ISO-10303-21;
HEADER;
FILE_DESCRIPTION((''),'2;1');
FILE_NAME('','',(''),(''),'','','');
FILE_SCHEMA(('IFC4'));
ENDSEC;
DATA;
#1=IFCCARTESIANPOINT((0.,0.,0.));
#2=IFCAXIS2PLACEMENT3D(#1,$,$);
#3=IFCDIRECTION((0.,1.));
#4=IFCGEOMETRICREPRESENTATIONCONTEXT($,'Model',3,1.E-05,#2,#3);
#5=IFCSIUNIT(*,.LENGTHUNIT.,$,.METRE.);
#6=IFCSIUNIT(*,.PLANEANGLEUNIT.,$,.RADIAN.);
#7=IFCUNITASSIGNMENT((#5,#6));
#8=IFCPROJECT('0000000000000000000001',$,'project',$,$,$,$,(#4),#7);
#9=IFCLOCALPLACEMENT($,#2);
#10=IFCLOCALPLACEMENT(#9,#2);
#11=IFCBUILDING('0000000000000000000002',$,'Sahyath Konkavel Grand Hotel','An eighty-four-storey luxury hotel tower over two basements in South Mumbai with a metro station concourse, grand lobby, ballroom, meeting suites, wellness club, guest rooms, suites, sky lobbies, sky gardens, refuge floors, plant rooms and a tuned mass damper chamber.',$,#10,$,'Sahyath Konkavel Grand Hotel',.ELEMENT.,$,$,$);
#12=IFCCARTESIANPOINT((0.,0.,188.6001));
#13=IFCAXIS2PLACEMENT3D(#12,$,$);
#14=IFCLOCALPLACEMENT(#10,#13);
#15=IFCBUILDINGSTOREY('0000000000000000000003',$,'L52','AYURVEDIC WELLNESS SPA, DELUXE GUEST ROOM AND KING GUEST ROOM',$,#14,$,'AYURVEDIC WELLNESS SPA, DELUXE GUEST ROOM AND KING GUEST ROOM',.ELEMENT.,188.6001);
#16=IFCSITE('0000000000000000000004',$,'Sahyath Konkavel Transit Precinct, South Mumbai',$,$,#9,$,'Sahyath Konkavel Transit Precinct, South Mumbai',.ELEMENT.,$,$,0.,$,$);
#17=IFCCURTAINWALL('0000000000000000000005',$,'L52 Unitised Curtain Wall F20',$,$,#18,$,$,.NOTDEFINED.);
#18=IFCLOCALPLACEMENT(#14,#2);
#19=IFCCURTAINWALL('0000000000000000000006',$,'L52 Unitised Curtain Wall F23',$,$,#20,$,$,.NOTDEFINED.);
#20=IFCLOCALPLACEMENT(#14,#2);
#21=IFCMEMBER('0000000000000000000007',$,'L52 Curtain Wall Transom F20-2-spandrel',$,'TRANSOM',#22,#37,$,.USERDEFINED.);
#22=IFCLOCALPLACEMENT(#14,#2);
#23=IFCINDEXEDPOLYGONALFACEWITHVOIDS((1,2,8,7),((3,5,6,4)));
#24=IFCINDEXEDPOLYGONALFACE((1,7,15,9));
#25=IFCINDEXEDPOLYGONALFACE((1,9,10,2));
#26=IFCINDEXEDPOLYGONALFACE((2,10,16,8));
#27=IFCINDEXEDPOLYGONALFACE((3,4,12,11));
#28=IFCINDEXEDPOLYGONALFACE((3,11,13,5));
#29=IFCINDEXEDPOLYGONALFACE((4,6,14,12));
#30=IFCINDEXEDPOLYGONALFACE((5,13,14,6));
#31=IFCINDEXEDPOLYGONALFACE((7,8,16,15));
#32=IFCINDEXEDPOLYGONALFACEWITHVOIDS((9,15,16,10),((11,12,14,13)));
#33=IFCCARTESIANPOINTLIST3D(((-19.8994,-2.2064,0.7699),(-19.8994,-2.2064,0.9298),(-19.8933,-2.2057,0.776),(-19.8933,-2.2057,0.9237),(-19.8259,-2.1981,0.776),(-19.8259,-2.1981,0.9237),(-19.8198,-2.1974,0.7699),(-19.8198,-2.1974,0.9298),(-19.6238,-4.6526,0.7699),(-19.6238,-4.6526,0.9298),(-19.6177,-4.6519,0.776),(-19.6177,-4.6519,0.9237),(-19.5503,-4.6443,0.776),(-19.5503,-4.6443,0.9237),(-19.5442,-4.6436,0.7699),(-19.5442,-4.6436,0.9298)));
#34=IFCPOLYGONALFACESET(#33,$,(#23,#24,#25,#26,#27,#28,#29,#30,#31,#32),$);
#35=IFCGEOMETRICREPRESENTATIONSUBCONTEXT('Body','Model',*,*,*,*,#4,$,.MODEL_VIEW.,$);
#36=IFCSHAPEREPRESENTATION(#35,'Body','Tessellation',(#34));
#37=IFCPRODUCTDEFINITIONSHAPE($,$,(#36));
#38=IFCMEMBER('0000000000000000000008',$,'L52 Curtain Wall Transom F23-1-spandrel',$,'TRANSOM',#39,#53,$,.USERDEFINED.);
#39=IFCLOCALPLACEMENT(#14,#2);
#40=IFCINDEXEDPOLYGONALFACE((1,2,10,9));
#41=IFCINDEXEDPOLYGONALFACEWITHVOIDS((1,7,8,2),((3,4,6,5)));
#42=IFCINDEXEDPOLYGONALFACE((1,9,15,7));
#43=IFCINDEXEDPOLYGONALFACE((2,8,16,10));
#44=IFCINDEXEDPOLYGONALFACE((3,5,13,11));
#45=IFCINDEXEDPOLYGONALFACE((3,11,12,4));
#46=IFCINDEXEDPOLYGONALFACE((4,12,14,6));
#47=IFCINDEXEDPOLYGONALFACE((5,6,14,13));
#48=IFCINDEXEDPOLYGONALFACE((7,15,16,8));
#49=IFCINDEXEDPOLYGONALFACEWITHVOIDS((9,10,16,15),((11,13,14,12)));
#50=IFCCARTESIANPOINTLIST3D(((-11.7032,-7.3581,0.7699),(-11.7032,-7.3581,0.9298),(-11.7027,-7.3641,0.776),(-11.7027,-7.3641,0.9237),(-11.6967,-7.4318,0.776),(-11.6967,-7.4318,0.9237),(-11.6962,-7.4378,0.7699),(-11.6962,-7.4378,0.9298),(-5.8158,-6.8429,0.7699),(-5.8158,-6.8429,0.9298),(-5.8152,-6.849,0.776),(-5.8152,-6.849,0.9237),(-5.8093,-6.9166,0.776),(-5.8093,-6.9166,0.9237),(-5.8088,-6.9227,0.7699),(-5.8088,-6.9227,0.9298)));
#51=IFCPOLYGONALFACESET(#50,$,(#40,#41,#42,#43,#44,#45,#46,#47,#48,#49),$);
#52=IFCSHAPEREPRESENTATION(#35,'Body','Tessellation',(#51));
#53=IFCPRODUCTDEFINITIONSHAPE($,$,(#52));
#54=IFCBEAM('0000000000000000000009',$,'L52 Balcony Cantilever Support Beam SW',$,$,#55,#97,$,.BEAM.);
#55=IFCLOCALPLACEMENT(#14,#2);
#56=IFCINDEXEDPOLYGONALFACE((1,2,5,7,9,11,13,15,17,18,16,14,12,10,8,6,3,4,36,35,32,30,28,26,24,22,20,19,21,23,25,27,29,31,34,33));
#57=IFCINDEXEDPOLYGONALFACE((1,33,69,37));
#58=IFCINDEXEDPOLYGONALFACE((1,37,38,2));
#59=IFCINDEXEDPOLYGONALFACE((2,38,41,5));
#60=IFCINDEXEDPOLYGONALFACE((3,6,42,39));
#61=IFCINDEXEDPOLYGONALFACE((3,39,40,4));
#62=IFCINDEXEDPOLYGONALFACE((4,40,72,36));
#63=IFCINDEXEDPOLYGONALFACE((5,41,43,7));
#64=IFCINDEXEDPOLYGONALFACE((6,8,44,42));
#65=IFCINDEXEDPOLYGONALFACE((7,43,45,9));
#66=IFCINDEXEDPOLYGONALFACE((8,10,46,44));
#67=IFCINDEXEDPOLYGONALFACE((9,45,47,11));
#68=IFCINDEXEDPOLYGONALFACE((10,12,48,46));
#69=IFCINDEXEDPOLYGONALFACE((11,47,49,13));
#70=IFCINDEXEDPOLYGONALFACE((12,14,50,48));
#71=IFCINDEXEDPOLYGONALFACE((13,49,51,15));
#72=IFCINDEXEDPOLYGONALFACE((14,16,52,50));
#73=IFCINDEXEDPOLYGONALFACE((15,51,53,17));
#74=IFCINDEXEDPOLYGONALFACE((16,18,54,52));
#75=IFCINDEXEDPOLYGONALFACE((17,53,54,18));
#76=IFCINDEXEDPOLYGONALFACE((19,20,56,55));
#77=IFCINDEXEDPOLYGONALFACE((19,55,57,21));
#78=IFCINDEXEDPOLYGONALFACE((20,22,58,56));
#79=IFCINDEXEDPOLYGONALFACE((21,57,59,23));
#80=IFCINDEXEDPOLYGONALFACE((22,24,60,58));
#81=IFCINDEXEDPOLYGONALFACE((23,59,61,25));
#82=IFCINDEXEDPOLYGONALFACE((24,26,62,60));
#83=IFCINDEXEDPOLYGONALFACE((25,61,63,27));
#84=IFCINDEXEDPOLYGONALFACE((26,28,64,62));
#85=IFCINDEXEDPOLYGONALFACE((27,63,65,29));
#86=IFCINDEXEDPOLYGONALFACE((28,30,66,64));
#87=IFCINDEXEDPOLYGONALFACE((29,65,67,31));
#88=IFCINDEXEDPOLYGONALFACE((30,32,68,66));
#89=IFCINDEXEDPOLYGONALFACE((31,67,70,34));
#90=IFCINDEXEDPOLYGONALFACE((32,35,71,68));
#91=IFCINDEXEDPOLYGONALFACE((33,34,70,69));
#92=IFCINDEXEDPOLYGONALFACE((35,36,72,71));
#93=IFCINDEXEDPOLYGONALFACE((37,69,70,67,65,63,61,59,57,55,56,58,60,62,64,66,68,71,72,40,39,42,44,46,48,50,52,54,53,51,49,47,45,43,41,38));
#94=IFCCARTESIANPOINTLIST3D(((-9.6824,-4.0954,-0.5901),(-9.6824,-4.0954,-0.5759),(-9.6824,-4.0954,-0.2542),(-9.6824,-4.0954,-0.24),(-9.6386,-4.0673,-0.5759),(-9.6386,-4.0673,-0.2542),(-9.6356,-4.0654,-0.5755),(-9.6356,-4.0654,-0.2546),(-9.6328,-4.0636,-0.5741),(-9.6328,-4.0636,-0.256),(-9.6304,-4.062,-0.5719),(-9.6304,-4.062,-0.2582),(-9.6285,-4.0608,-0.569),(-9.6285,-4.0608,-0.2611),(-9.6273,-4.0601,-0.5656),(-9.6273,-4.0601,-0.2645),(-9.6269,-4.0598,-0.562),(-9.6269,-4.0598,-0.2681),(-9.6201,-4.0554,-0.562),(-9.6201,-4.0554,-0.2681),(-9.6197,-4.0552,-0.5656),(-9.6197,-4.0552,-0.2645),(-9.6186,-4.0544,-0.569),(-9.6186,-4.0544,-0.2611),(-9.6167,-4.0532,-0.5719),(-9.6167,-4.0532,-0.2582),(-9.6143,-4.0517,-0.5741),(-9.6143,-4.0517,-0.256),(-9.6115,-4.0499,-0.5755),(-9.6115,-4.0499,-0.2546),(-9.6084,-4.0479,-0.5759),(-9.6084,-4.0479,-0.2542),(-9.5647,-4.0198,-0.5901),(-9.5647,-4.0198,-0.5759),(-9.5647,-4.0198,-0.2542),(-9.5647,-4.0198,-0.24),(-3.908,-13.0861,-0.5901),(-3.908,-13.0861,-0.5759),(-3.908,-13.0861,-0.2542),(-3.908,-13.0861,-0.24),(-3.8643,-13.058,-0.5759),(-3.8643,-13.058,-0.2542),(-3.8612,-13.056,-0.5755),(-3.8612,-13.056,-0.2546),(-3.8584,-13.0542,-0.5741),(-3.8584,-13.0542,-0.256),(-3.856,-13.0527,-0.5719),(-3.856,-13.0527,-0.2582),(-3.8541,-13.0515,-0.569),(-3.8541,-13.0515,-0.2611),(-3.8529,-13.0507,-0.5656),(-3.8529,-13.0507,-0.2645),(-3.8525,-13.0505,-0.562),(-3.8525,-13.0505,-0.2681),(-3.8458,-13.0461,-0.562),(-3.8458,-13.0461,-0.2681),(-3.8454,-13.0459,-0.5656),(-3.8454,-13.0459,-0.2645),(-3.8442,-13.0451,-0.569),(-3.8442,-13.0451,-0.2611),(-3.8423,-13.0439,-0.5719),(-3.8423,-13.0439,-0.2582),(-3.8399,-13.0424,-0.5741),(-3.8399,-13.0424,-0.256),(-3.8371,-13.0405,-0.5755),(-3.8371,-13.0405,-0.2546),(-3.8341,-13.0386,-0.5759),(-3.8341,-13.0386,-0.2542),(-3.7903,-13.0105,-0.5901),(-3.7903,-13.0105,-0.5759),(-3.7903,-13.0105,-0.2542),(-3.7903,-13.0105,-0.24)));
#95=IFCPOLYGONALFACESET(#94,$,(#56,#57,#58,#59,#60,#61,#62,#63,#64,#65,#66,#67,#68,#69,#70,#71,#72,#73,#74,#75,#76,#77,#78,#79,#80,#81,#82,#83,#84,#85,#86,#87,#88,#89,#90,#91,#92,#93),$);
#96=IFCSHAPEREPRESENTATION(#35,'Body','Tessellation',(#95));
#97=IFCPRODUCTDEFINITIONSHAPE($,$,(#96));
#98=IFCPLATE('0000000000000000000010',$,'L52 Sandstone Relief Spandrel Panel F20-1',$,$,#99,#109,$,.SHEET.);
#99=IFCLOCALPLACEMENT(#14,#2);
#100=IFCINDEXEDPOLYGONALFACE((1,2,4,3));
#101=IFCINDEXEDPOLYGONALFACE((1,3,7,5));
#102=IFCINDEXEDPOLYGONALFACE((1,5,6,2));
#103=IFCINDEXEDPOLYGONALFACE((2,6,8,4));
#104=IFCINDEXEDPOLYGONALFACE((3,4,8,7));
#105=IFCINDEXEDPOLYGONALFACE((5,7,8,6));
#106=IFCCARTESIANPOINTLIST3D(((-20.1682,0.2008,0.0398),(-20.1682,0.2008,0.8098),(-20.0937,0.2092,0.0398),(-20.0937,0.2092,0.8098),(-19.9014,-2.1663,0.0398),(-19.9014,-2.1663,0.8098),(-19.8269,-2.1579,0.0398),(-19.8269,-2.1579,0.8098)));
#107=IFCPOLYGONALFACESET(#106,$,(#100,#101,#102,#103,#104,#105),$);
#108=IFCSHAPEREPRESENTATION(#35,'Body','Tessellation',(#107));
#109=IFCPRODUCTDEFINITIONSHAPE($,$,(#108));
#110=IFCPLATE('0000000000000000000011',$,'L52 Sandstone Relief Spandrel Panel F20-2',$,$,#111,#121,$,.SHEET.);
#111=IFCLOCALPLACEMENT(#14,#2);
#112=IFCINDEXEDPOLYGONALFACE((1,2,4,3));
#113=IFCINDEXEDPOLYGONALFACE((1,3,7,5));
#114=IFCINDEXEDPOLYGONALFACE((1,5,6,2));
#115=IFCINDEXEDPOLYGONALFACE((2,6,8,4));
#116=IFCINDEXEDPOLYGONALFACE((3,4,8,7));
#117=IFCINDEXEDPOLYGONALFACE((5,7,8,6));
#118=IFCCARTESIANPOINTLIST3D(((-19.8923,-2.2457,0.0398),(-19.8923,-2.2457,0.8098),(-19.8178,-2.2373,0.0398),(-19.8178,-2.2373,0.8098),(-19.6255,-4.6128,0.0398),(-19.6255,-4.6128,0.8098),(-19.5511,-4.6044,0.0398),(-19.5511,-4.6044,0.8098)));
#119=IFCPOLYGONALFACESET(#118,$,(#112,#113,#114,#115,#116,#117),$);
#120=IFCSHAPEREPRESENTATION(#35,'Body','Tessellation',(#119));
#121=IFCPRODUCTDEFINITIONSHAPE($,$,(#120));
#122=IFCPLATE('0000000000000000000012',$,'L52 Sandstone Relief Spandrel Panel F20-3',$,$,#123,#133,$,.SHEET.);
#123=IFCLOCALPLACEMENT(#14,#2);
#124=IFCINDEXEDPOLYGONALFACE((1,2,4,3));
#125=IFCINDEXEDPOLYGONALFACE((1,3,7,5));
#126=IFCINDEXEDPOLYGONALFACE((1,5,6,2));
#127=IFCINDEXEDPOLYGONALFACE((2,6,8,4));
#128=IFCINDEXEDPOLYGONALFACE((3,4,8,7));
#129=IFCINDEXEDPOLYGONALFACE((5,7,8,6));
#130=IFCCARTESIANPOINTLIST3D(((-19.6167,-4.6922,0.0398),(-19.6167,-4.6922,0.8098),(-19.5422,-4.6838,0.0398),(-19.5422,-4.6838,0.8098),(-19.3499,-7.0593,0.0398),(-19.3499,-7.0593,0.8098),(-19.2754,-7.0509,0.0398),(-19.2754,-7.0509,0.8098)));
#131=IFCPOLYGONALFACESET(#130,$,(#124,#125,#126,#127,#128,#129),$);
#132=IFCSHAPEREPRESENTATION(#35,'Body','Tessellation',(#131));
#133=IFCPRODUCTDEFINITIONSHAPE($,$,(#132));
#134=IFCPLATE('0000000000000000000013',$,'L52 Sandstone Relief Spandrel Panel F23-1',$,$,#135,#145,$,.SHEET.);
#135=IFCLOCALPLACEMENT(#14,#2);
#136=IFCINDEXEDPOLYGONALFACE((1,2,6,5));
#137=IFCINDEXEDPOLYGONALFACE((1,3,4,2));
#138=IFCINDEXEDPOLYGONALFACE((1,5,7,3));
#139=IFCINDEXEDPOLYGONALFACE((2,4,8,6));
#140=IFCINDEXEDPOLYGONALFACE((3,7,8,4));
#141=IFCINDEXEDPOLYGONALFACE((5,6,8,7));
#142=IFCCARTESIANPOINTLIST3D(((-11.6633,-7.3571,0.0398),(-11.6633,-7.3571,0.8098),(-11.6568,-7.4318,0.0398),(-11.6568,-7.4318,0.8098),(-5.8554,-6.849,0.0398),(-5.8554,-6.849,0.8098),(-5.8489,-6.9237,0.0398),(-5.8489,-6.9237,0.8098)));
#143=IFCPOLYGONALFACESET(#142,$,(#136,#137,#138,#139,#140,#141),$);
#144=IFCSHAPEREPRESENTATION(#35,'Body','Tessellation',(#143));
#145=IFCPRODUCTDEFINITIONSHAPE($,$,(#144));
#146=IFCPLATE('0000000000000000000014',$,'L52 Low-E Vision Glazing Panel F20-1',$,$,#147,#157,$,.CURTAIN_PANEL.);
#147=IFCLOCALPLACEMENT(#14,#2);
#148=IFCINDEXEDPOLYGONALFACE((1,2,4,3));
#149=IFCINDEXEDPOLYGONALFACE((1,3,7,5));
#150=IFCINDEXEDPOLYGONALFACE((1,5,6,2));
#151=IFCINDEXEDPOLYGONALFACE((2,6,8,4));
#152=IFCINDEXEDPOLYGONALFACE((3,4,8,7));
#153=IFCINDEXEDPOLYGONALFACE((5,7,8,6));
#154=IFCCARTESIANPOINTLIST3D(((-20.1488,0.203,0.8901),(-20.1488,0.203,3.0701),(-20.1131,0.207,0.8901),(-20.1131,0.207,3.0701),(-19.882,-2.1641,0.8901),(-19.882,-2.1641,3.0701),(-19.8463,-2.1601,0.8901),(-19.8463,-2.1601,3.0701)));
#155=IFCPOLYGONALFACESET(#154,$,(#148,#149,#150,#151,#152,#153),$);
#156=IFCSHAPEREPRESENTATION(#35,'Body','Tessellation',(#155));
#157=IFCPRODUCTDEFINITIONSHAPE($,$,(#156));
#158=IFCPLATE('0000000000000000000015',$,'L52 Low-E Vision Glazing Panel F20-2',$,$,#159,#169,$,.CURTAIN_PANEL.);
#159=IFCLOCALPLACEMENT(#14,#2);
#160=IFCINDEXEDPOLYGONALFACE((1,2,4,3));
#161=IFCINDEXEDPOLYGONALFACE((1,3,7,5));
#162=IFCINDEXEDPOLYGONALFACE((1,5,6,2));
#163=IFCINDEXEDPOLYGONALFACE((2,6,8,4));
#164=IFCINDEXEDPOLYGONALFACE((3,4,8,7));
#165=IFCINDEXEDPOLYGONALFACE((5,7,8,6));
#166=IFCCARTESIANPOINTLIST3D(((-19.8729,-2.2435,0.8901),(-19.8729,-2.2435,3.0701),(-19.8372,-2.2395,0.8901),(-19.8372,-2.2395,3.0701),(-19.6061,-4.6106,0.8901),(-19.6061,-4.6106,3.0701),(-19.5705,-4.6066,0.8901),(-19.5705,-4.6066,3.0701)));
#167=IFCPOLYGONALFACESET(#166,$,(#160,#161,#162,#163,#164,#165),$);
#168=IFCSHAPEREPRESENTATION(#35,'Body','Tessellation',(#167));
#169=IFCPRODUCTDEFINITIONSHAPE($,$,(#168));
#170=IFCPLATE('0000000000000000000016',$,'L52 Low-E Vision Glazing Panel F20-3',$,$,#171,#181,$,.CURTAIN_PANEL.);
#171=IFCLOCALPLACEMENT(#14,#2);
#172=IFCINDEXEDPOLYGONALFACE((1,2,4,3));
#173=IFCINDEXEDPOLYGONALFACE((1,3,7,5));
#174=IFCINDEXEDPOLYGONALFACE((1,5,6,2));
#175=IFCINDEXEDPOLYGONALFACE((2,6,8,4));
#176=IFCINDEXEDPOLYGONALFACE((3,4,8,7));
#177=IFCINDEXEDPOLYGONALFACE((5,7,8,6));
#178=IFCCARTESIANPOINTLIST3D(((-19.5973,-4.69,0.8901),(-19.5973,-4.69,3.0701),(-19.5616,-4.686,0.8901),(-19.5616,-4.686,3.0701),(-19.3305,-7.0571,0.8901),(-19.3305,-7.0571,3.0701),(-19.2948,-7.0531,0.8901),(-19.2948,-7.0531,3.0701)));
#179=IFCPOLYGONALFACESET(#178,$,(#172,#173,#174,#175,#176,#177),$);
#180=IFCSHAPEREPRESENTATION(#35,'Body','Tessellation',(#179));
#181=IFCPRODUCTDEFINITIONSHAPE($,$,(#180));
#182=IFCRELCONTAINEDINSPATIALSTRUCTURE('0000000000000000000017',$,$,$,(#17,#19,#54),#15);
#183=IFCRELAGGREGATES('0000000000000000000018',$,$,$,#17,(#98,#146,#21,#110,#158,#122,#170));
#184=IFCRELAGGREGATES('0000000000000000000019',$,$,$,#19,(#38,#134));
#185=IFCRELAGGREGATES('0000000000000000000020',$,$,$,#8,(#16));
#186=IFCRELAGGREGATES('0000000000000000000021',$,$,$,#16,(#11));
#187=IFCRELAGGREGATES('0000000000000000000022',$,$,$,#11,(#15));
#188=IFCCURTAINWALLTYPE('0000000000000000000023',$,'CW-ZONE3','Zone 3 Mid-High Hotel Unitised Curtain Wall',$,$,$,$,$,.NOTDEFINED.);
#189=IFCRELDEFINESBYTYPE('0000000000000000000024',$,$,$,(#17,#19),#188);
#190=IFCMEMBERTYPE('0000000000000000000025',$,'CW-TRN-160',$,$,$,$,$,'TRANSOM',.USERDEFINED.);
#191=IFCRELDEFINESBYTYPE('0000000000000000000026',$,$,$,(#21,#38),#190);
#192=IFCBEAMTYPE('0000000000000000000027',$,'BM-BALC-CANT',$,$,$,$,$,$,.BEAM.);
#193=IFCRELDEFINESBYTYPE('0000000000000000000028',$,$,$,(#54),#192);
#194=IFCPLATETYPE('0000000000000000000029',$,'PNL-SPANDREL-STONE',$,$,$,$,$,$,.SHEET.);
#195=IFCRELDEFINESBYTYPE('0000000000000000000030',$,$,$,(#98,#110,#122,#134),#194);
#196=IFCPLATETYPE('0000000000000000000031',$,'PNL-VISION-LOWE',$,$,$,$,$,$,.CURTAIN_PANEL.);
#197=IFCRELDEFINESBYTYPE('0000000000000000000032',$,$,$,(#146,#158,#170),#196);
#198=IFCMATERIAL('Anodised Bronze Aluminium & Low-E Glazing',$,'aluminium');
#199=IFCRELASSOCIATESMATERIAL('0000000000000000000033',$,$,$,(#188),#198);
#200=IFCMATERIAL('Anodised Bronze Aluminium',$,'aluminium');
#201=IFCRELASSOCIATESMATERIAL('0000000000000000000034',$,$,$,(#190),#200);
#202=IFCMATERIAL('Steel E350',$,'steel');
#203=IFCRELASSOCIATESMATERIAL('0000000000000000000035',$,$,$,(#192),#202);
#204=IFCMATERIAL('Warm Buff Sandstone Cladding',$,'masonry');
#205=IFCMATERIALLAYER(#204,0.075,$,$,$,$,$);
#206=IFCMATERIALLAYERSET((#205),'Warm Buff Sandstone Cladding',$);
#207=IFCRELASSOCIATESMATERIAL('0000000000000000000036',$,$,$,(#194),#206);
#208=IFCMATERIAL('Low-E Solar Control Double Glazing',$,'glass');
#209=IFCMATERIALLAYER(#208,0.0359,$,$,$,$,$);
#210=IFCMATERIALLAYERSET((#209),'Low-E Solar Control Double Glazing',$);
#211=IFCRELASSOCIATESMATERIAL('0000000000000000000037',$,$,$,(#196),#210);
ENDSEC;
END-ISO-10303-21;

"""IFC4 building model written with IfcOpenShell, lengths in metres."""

from ifc_helpers import new_model, si_unit, direction, frame, origin, origin_2d, place, context, subcontext, project, spatial, rectangle, hollow_rectangle, i_section, extrude, source, transform, mapped, material, layer, layer_set, material_profile, profile_set, type_object, element, aggregate, save


model = new_model("IFC4")

# Units and contexts
model_context = context("Model", 3, precision=1e-05, world=origin(), true_north=direction((0.0, 1.0)))
body_context = subcontext(model_context, "Body", "Model", "MODEL_VIEW")
ifc_project = project(units=[si_unit("LENGTHUNIT", "METRE"), si_unit("PLANEANGLEUNIT", "RADIAN")], contexts=[model_context])

# Site, building, storey
site_placement = place(None, origin())
site = spatial("IfcSite", under=ifc_project, at=site_placement, Name="Sahyath Konkavel Transit Precinct, South Mumbai", LongName="Sahyath Konkavel Transit Precinct, South Mumbai", CompositionType="ELEMENT", RefElevation=0.0)
building_placement = place(site_placement, origin())
building = spatial("IfcBuilding", under=site, at=building_placement, Name="Sahyath Konkavel Grand Hotel", Description="An eighty-four-storey luxury hotel tower over two basements in South Mumbai with a metro station concourse, grand lobby, ballroom, meeting suites, wellness club, guest rooms, suites, sky lobbies, sky gardens, refuge floors, plant rooms and a tuned mass damper chamber.", LongName="Sahyath Konkavel Grand Hotel", CompositionType="ELEMENT")
storey_placement = place(building_placement, frame((0.0, 0.0, 188.6001)))
storey = spatial("IfcBuildingStorey", under=building, at=storey_placement, Name="L52", Description="AYURVEDIC WELLNESS SPA, DELUXE GUEST ROOM AND KING GUEST ROOM", LongName="AYURVEDIC WELLNESS SPA, DELUXE GUEST ROOM AND KING GUEST ROOM", CompositionType="ELEMENT", Elevation=188.6001)

# Shared definitions
ifc_material_1 = material(Name="Steel E350", Category="steel")

# Curtain wall
ifc_material_2 = material(Name="Anodised Bronze Aluminium & Low-E Glazing", Category="aluminium")
curtain_wall_type = type_object("IfcCurtainWallType", Name="CW-ZONE3", Description="Zone 3 Mid-High Hotel Unitised Curtain Wall", PredefinedType="NOTDEFINED", material=ifc_material_2)
curtain_wall_1_placement = place(storey_placement, origin())
curtain_wall_1 = element("IfcCurtainWall", 1, at=curtain_wall_1_placement, inside=storey, type_object=curtain_wall_type, Name="L52 Unitised Curtain Wall F20", PredefinedType="NOTDEFINED")
ifc_material_3 = material(Name="Anodised Bronze Aluminium", Category="aluminium")

# Curtain wall
curtain_wall_2_placement = place(storey_placement, origin())
curtain_wall_2 = element("IfcCurtainWall", 2, at=curtain_wall_2_placement, inside=storey, type_object=curtain_wall_type, Name="L52 Unitised Curtain Wall F23", PredefinedType="NOTDEFINED")

# Members
ifc_material_profile_1 = material_profile(ifc_material_3, hollow_rectangle(XDim=0.0801, YDim=0.1599, WallThickness=0.0061, at=origin_2d()), Name="RHS 160x80x6")
ifc_profile_set_1 = profile_set([ifc_material_profile_1], Name="Anodised Bronze Aluminium")
member_type_1 = type_object("IfcMemberType", Name="CW-TRN-160", ElementType="TRANSOM", PredefinedType="USERDEFINED", material=ifc_profile_set_1)
shared_shape_1 = source(origin(), body_context, "Body", "SweptSolid", [
    extrude(hollow_rectangle(XDim=0.0801, YDim=0.1599, WallThickness=0.0061, at=origin_2d()), origin(), (0.0, 0.0, 1.0), 2.4617),
])
member_1_placement = place(storey_placement, frame((-19.8596, -2.2019, 0.8499), z_axis=(0.111966, -0.993712, 0.0), x_axis=(0.993712, 0.111966, 0.0)))
member_1 = element("IfcMember", 3, at=member_1_placement, type_object=member_type_1, Name="L52 Curtain Wall Transom F20-2-spandrel", ObjectType="TRANSOM", PredefinedType="USERDEFINED", context=body_context, shape_type="MappedRepresentation", body=[
    mapped(shared_shape_1, transform((0.0, 0.0, 0.0), scale=1.0)),
])
shared_shape_2 = source(origin(), body_context, "Body", "SweptSolid", [
    extrude(hollow_rectangle(XDim=0.0801, YDim=0.1599, WallThickness=0.0061, at=origin_2d()), origin(), (0.0, 0.0, 1.0), 5.9099),
])
member_2_placement = place(storey_placement, frame((-11.6997, -7.3979, 0.8499), z_axis=(0.996194, 0.087164, 0.0), x_axis=(-0.087164, 0.996194, 0.0)))
member_2 = element("IfcMember", 4, at=member_2_placement, type_object=member_type_1, Name="L52 Curtain Wall Transom F23-1-spandrel", ObjectType="TRANSOM", PredefinedType="USERDEFINED", context=body_context, shape_type="MappedRepresentation", body=[
    mapped(shared_shape_2, transform((0.0, 0.0, 0.0), scale=1.0)),
])

# Beam
ifc_material_profile_2 = material_profile(ifc_material_1, i_section(OverallWidth=0.1399, OverallDepth=0.3501, WebThickness=0.0081, FlangeThickness=0.0142, FilletRadius=0.0139, at=origin_2d()), Name="ISMB 350")
ifc_profile_set_2 = profile_set([ifc_material_profile_2], Name="Steel E350")
beam_type_1 = type_object("IfcBeamType", Name="BM-BALC-CANT", PredefinedType="BEAM", material=ifc_profile_set_2)
shared_shape_3 = source(origin(), body_context, "Body", "SweptSolid", [
    extrude(i_section(OverallWidth=0.1399, OverallDepth=0.3501, WebThickness=0.0081, FlangeThickness=0.0142, FilletRadius=0.0139, at=origin_2d()), origin(), (0.0, 0.0, 1.0), 10.6853),
])
beam_1_placement = place(storey_placement, frame((-9.6235, -4.0576, -0.415), z_axis=(0.540404, -0.841406, 0.0), x_axis=(0.841406, 0.540404, 0.0)))
element("IfcBeam", 5, at=beam_1_placement, inside=storey, type_object=beam_type_1, Name="L52 Balcony Cantilever Support Beam SW", PredefinedType="BEAM", context=body_context, shape_type="MappedRepresentation", body=[
    mapped(shared_shape_3, transform((0.0, 0.0, 0.0), scale=1.0)),
])

# Plates
ifc_material_4 = material(Name="Warm Buff Sandstone Cladding", Category="masonry")
ifc_layer_1 = layer(ifc_material_4, 0.075)
ifc_layer_set_1 = layer_set([ifc_layer_1], Name="Warm Buff Sandstone Cladding")
plate_type_1 = type_object("IfcPlateType", Name="PNL-SPANDREL-STONE", PredefinedType="SHEET", material=ifc_layer_set_1)
shared_shape_4 = source(origin(), body_context, "Body", "SweptSolid", [
    extrude(rectangle(XDim=2.3821, YDim=0.075, at=origin_2d()), origin(), (0.0, 0.0, 1.0), 0.77),
])
plate_1_placement = place(storey_placement, frame((-19.9976, -0.9785, 0.0398), z_axis=(0.0, 0.0, 1.0), x_axis=(0.111989, -0.993709, 0.0)))
plate_1 = element("IfcPlate", 6, at=plate_1_placement, type_object=plate_type_1, Name="L52 Sandstone Relief Spandrel Panel F20-1", PredefinedType="SHEET", context=body_context, shape_type="MappedRepresentation", body=[
    mapped(shared_shape_4, transform((0.0, 0.0, 0.0), scale=1.0)),
])
plate_2_placement = place(storey_placement, frame((-19.7217, -3.425, 0.0398), z_axis=(0.0, 0.0, 1.0), x_axis=(0.111989, -0.993709, 0.0)))
plate_2 = element("IfcPlate", 7, at=plate_2_placement, type_object=plate_type_1, Name="L52 Sandstone Relief Spandrel Panel F20-2", PredefinedType="SHEET", context=body_context, shape_type="MappedRepresentation", body=[
    mapped(shared_shape_4, transform((0.0, 0.0, 0.0), scale=1.0)),
])
plate_3_placement = place(storey_placement, frame((-19.446, -5.8716, 0.0398), z_axis=(0.0, 0.0, 1.0), x_axis=(0.111989, -0.993709, 0.0)))
plate_3 = element("IfcPlate", 8, at=plate_3_placement, type_object=plate_type_1, Name="L52 Sandstone Relief Spandrel Panel F20-3", PredefinedType="SHEET", context=body_context, shape_type="MappedRepresentation", body=[
    mapped(shared_shape_4, transform((0.0, 0.0, 0.0), scale=1.0)),
])
shared_shape_5 = source(origin(), body_context, "Body", "SweptSolid", [
    extrude(rectangle(XDim=5.8301, YDim=0.075, at=origin_2d()), origin(), (0.0, 0.0, 1.0), 0.77),
])
plate_4_placement = place(storey_placement, frame((-8.7561, -7.1404, 0.0398), z_axis=(0.0, 0.0, 1.0), x_axis=(0.996195, 0.087156, 0.0)))
plate_4 = element("IfcPlate", 9, at=plate_4_placement, type_object=plate_type_1, Name="L52 Sandstone Relief Spandrel Panel F23-1", PredefinedType="SHEET", context=body_context, shape_type="MappedRepresentation", body=[
    mapped(shared_shape_5, transform((0.0, 0.0, 0.0), scale=1.0)),
])
ifc_material_5 = material(Name="Low-E Solar Control Double Glazing", Category="glass")
ifc_layer_2 = layer(ifc_material_5, 0.0359)
ifc_layer_set_2 = layer_set([ifc_layer_2], Name="Low-E Solar Control Double Glazing")
plate_type_2 = type_object("IfcPlateType", Name="PNL-VISION-LOWE", PredefinedType="CURTAIN_PANEL", material=ifc_layer_set_2)
shared_shape_6 = source(origin(), body_context, "Body", "SweptSolid", [
    extrude(rectangle(XDim=2.3821, YDim=0.0359, at=origin_2d()), origin(), (0.0, 0.0, 1.0), 2.1799),
])
plate_5_placement = place(storey_placement, frame((-19.9976, -0.9785, 0.8901), z_axis=(0.0, 0.0, 1.0), x_axis=(0.111989, -0.993709, 0.0)))
plate_5 = element("IfcPlate", 10, at=plate_5_placement, type_object=plate_type_2, Name="L52 Low-E Vision Glazing Panel F20-1", PredefinedType="CURTAIN_PANEL", context=body_context, shape_type="MappedRepresentation", body=[
    mapped(shared_shape_6, transform((0.0, 0.0, 0.0), scale=1.0)),
])
plate_6_placement = place(storey_placement, frame((-19.7217, -3.425, 0.8901), z_axis=(0.0, 0.0, 1.0), x_axis=(0.111989, -0.993709, 0.0)))
plate_6 = element("IfcPlate", 11, at=plate_6_placement, type_object=plate_type_2, Name="L52 Low-E Vision Glazing Panel F20-2", PredefinedType="CURTAIN_PANEL", context=body_context, shape_type="MappedRepresentation", body=[
    mapped(shared_shape_6, transform((0.0, 0.0, 0.0), scale=1.0)),
])
plate_7_placement = place(storey_placement, frame((-19.446, -5.8716, 0.8901), z_axis=(0.0, 0.0, 1.0), x_axis=(0.111989, -0.993709, 0.0)))
plate_7 = element("IfcPlate", 12, at=plate_7_placement, type_object=plate_type_2, Name="L52 Low-E Vision Glazing Panel F20-3", PredefinedType="CURTAIN_PANEL", context=body_context, shape_type="MappedRepresentation", body=[
    mapped(shared_shape_6, transform((0.0, 0.0, 0.0), scale=1.0)),
])
aggregate(curtain_wall_1, [plate_1, plate_5, member_1, plate_2, plate_6, plate_3, plate_7])
aggregate(curtain_wall_2, [member_2, plate_4])

save(model, "model.ifc")
